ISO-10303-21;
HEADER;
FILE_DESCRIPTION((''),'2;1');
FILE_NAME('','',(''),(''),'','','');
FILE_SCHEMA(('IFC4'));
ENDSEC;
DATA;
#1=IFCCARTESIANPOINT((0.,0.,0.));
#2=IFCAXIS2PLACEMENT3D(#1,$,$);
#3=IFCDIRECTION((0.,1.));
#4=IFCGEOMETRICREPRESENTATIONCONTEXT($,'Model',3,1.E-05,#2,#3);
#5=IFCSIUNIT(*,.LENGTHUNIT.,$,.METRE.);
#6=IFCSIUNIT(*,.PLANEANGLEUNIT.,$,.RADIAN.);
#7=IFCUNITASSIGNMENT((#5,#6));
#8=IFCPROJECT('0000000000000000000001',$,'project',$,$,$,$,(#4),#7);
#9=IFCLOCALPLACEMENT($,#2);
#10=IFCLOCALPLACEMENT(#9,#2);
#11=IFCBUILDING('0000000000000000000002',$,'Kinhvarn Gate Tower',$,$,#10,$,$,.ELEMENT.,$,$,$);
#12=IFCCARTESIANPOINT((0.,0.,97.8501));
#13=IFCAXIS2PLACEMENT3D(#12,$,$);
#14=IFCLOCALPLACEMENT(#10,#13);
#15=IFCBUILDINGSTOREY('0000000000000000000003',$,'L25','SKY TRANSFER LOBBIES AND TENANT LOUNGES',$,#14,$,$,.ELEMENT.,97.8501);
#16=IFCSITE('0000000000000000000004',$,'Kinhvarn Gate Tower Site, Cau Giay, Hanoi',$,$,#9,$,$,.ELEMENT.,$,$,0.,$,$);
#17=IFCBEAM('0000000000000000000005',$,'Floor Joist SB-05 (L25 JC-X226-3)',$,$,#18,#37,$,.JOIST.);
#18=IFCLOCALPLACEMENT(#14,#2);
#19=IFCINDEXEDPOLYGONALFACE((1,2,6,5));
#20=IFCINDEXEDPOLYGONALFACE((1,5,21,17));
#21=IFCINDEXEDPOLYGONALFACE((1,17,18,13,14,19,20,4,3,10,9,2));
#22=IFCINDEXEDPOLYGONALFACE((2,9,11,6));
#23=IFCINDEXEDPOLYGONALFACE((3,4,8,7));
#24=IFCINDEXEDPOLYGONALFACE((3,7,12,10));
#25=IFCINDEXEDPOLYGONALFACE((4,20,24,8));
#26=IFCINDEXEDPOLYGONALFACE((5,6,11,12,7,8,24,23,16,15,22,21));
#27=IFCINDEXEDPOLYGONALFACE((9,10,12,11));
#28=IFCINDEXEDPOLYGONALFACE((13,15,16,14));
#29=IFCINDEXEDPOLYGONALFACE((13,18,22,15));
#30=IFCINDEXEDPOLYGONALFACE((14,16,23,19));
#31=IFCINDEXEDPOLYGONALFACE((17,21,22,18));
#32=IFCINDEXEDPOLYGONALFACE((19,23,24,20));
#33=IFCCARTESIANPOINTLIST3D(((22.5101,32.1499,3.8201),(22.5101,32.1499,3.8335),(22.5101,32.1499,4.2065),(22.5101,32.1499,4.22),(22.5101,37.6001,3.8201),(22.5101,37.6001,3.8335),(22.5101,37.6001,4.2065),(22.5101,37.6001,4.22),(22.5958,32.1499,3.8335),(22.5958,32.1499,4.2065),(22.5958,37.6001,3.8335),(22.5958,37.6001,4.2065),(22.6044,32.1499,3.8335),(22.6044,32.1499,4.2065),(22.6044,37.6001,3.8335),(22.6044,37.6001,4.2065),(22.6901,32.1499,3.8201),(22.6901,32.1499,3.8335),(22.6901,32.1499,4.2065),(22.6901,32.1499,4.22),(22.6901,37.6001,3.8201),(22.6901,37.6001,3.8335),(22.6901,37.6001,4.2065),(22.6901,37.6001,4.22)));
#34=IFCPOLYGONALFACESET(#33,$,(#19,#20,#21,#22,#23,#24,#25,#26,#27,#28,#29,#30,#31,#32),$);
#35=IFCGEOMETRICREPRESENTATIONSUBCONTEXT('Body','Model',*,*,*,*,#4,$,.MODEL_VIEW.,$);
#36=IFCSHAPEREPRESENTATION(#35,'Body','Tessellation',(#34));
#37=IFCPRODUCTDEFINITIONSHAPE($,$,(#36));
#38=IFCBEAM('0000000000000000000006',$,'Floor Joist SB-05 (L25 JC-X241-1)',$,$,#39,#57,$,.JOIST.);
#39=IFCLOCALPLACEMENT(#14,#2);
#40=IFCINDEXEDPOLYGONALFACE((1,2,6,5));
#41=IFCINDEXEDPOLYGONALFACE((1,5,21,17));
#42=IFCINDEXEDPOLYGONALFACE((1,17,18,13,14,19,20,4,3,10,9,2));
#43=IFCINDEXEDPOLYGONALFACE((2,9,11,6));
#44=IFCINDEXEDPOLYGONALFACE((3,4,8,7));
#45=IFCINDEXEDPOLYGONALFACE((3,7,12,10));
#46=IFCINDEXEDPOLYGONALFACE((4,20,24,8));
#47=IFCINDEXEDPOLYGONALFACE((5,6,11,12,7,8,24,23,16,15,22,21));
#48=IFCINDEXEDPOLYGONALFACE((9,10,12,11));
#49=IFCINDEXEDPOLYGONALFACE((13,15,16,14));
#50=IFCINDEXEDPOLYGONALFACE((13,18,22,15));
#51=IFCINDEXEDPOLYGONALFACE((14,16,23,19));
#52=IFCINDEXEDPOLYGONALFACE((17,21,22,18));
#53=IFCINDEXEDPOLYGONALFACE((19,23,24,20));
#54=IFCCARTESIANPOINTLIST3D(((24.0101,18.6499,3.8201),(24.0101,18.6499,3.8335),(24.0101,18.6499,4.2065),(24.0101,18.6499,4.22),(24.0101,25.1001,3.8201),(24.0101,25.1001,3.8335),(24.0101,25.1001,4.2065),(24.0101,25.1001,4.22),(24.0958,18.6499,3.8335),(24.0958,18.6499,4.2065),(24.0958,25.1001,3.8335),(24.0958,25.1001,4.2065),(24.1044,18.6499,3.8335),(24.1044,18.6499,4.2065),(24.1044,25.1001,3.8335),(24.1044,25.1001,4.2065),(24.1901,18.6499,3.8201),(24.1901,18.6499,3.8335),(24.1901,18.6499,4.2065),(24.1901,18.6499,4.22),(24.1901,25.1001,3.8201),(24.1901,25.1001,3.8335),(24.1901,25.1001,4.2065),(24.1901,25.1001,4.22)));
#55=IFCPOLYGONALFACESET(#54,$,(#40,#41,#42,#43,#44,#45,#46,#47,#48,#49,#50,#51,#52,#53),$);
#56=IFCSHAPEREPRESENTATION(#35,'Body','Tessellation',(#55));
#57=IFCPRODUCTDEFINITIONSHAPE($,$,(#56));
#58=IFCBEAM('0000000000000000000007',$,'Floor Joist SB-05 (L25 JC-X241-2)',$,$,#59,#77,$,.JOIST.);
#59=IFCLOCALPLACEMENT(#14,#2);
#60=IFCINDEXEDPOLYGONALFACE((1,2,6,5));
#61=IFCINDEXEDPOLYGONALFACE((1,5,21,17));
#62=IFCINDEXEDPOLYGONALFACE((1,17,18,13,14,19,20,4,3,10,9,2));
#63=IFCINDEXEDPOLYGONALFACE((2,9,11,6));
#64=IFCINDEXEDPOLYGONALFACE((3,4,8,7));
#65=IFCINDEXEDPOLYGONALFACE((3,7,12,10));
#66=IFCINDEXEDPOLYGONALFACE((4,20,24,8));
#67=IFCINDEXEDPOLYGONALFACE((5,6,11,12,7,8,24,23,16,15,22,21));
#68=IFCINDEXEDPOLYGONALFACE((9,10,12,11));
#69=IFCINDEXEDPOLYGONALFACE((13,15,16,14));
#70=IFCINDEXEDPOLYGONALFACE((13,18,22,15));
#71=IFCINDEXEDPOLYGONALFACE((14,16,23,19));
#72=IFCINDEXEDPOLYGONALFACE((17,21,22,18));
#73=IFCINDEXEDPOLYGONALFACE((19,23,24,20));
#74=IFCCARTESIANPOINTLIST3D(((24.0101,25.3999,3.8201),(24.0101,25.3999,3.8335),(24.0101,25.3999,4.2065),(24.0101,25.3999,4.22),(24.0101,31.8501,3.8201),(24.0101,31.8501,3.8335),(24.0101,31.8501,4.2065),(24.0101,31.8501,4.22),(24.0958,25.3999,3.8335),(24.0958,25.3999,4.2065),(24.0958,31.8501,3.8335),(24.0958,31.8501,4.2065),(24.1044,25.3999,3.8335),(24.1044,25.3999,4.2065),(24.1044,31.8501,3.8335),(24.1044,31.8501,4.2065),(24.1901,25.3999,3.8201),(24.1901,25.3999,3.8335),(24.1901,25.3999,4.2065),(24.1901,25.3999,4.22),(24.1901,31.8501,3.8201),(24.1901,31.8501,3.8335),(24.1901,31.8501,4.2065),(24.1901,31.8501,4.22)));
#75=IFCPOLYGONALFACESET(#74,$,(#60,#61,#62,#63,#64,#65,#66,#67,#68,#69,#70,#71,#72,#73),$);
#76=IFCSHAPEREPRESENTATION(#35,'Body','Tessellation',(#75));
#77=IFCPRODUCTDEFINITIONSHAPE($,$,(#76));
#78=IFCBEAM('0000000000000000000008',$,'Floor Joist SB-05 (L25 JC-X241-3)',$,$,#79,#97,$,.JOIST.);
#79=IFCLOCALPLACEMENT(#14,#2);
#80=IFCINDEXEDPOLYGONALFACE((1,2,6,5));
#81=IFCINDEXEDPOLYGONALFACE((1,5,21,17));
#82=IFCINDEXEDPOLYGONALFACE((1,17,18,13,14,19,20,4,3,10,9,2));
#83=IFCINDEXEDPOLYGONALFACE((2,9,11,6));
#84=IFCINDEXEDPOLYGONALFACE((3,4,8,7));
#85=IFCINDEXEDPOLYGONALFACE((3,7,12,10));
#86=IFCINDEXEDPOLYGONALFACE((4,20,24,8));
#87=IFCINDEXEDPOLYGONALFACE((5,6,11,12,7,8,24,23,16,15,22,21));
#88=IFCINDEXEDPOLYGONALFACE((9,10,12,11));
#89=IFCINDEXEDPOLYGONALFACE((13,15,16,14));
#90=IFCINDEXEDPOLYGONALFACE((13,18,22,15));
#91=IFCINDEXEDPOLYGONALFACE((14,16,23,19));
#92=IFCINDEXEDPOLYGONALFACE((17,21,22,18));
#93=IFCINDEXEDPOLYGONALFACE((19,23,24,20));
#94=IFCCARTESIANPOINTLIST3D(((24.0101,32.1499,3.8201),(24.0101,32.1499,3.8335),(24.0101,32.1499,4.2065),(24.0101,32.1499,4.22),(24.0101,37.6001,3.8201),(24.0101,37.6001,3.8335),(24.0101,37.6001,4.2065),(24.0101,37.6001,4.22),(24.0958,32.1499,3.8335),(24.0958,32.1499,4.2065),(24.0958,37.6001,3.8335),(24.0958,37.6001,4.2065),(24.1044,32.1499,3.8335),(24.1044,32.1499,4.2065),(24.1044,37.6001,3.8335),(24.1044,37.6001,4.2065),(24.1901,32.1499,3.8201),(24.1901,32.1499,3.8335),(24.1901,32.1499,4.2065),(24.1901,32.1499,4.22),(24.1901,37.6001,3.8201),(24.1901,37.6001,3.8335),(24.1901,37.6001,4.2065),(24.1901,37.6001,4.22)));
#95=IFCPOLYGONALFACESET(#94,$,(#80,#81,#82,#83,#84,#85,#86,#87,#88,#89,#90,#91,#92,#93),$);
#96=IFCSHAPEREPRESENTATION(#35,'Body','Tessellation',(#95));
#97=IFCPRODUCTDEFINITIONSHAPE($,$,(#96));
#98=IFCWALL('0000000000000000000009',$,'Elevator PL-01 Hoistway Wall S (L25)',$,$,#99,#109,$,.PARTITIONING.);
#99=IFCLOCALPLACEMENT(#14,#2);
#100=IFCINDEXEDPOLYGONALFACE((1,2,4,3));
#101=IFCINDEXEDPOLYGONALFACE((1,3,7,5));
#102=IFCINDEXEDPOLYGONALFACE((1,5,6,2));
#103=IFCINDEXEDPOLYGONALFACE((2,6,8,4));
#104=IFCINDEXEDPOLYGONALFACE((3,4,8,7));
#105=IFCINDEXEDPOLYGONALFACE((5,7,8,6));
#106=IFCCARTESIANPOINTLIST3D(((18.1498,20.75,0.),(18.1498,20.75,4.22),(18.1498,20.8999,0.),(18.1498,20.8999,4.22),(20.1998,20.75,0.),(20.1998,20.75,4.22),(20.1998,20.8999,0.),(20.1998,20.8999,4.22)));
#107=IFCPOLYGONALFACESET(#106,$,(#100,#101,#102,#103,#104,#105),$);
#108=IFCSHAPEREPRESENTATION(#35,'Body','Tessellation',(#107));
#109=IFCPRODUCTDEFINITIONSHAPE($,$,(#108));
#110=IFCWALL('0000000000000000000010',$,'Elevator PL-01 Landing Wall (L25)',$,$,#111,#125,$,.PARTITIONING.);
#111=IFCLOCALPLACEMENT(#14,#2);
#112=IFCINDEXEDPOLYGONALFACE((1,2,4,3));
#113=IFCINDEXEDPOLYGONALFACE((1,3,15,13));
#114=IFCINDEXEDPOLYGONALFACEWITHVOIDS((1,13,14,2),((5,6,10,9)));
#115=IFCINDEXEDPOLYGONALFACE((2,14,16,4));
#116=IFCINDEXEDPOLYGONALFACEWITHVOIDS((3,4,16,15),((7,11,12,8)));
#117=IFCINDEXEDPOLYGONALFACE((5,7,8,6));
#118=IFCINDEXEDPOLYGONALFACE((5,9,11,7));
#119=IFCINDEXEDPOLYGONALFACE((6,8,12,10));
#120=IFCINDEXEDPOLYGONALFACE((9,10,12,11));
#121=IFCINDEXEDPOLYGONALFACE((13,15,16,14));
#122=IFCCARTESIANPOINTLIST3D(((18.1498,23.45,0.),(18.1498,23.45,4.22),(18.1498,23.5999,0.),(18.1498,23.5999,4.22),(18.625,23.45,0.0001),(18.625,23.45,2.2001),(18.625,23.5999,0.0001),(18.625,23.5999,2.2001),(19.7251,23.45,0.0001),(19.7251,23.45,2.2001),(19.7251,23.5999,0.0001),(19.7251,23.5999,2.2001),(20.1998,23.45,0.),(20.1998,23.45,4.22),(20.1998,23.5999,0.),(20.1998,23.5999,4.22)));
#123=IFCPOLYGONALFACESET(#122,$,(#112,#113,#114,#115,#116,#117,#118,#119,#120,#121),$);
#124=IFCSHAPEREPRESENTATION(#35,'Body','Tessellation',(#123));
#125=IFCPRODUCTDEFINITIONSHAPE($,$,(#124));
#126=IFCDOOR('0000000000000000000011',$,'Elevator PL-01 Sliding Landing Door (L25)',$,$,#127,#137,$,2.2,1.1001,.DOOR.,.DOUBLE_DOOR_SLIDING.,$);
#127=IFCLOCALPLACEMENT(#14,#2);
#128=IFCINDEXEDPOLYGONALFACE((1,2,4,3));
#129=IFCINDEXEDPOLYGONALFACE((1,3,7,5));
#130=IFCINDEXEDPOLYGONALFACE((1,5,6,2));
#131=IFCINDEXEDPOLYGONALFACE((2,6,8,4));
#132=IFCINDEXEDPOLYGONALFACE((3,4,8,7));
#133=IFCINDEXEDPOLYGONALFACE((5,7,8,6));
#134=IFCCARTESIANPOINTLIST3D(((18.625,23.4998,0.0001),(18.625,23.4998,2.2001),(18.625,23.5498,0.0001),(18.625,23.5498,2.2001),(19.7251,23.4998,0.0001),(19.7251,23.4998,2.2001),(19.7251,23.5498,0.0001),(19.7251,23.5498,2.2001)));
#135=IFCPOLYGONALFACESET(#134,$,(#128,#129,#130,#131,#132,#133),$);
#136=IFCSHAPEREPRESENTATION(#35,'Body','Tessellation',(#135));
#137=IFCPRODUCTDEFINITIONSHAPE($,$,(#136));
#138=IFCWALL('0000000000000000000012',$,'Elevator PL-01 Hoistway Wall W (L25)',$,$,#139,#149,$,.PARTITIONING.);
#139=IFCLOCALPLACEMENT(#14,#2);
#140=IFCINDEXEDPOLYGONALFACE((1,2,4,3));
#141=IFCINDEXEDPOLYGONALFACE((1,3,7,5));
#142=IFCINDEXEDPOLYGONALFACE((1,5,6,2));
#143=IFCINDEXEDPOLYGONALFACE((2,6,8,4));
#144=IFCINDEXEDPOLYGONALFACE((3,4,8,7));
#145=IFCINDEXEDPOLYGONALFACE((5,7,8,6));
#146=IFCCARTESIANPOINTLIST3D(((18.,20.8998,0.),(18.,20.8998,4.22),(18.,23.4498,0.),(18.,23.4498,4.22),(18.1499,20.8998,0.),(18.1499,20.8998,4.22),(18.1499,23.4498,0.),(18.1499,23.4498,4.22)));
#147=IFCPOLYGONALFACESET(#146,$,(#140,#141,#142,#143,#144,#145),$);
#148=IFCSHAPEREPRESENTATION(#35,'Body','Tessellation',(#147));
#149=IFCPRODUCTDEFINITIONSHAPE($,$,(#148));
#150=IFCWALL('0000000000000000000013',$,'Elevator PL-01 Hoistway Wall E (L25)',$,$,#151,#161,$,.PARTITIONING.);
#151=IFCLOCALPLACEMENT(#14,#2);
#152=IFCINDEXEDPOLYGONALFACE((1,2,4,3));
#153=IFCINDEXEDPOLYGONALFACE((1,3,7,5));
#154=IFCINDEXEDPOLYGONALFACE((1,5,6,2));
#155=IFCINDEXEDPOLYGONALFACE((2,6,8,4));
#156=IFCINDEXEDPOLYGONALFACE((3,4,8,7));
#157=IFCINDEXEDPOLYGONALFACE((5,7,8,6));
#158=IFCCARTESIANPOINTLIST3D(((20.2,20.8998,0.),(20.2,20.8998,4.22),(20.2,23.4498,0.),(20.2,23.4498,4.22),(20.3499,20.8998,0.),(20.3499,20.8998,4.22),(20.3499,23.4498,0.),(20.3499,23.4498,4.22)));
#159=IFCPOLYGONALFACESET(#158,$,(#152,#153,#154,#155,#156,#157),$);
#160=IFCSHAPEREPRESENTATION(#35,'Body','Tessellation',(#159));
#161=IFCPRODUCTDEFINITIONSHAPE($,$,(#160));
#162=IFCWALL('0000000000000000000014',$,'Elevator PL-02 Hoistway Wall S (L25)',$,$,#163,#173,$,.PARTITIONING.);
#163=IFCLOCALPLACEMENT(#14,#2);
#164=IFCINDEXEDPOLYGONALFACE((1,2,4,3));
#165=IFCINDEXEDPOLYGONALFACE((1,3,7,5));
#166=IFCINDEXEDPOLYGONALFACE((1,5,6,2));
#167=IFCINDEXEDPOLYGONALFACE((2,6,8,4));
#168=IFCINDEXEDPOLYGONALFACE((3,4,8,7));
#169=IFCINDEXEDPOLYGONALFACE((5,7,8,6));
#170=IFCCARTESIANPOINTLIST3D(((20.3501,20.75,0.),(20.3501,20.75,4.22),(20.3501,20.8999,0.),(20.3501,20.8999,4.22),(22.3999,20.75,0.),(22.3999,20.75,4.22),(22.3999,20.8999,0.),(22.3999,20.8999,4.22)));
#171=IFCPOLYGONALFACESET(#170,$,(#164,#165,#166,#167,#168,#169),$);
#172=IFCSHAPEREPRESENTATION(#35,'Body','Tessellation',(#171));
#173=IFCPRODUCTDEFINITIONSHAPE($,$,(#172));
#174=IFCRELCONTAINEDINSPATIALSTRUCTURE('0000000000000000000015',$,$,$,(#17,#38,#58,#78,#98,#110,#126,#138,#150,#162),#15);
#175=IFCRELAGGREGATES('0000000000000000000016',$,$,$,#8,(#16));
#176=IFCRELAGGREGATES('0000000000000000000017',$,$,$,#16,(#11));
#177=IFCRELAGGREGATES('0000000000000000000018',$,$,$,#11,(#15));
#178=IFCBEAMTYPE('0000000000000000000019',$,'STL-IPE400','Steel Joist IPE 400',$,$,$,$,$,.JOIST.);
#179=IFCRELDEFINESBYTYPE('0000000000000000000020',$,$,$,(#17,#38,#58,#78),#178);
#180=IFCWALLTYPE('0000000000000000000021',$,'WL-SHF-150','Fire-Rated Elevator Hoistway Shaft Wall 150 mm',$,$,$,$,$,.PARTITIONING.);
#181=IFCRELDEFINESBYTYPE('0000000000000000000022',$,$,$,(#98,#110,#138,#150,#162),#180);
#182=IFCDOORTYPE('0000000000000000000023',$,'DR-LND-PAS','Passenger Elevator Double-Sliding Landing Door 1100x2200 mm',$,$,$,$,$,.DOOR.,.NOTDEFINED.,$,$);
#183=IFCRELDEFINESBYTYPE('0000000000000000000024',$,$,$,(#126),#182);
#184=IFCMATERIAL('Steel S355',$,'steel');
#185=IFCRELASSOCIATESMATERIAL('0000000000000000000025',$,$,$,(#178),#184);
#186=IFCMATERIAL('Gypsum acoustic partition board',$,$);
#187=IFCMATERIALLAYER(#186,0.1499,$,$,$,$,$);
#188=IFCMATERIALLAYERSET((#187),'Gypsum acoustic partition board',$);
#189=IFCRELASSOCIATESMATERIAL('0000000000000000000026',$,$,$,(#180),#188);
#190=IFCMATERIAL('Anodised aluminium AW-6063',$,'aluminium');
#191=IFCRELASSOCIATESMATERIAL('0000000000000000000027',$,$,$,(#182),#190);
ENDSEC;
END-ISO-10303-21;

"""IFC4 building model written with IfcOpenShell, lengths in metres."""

from ifc_helpers import new_model, si_unit, direction, frame, frame_2d, origin, origin_2d, place, context, subcontext, project, spatial, rectangle, i_section, extrude, material, layer, layer_set, material_profile, profile_set, type_object, element, fill, save


model = new_model("IFC4")

# Units and contexts
model_context = context("Model", 3, precision=1e-05, world=origin(), true_north=direction((0.0, 1.0)))
body_context = subcontext(model_context, "Body", "Model", "MODEL_VIEW")
ifc_project = project(units=[si_unit("LENGTHUNIT", "METRE"), si_unit("PLANEANGLEUNIT", "RADIAN")], contexts=[model_context])

# Site, building, storey
site_placement = place(None, origin())
site = spatial("IfcSite", under=ifc_project, at=site_placement, Name="Kinhvarn Gate Tower Site, Cau Giay, Hanoi", CompositionType="ELEMENT", RefElevation=0.0)
building_placement = place(site_placement, origin())
building = spatial("IfcBuilding", under=site, at=building_placement, Name="Kinhvarn Gate Tower", CompositionType="ELEMENT")
storey_placement = place(building_placement, frame((0.0, 0.0, 97.8501)))
storey = spatial("IfcBuildingStorey", under=building, at=storey_placement, Name="L25", Description="SKY TRANSFER LOBBIES AND TENANT LOUNGES", CompositionType="ELEMENT", Elevation=97.8501)

# Beams
ifc_material_1 = material(Name="Steel S355", Category="steel")
ifc_material_profile_1 = material_profile(ifc_material_1, i_section(OverallWidth=0.1799, OverallDepth=0.3999, WebThickness=0.0085, FlangeThickness=0.0134, at=origin_2d()), Name="IPE 400")
ifc_profile_set_1 = profile_set([ifc_material_profile_1], Name="Steel S355")
beam_type_1 = type_object("IfcBeamType", Name="STL-IPE400", Description="Steel Joist IPE 400", PredefinedType="JOIST", material=ifc_profile_set_1)
beam_1_placement = place(storey_placement, frame((22.6001, 32.1499, 4.02), z_axis=(0.0, 1.0, 0.0), x_axis=(-1.0, 0.0, 0.0)))
element("IfcBeam", 1, at=beam_1_placement, inside=storey, type_object=beam_type_1, Name="Floor Joist SB-05 (L25 JC-X226-3)", PredefinedType="JOIST", context=body_context, shape_type="SweptSolid", body=[
    extrude(i_section(OverallWidth=0.1799, OverallDepth=0.3999, WebThickness=0.0085, FlangeThickness=0.0134, at=origin_2d()), origin(), (0.0, 0.0, 1.0), 5.4502),
])
for number, where, z_axis, x_axis, name in (
    (2, (24.1001, 18.6499, 4.02), (0.0, 1.0, 0.0), (-1.0, 0.0, 0.0), "Floor Joist SB-05 (L25 JC-X241-1)"),
    (3, (24.1001, 25.3999, 4.02), (0.0, 1.0, 0.0), (-1.0, 0.0, 0.0), "Floor Joist SB-05 (L25 JC-X241-2)"),
):
    element("IfcBeam", number, at=place(storey_placement, frame(where, z_axis=z_axis, x_axis=x_axis)), inside=storey, type_object=beam_type_1, Name=name, PredefinedType="JOIST", context=body_context, shape_type="SweptSolid", body=[
        extrude(i_section(OverallWidth=0.1799, OverallDepth=0.3999, WebThickness=0.0085, FlangeThickness=0.0134, at=origin_2d()), origin(), (0.0, 0.0, 1.0), 6.4502),
    ])
beam_2_placement = place(storey_placement, frame((24.1001, 32.1499, 4.02), z_axis=(0.0, 1.0, 0.0), x_axis=(-1.0, 0.0, 0.0)))
element("IfcBeam", 4, at=beam_2_placement, inside=storey, type_object=beam_type_1, Name="Floor Joist SB-05 (L25 JC-X241-3)", PredefinedType="JOIST", context=body_context, shape_type="SweptSolid", body=[
    extrude(i_section(OverallWidth=0.1799, OverallDepth=0.3999, WebThickness=0.0085, FlangeThickness=0.0134, at=origin_2d()), origin(), (0.0, 0.0, 1.0), 5.4502),
])

# Shared definitions
ifc_material_2 = material(Name="Anodised aluminium AW-6063", Category="aluminium")

# Wall
ifc_material_3 = material(Name="Gypsum acoustic partition board")
ifc_layer_1 = layer(ifc_material_3, 0.1499)
ifc_layer_set_1 = layer_set([ifc_layer_1], Name="Gypsum acoustic partition board")
wall_type_1 = type_object("IfcWallType", Name="WL-SHF-150", Description="Fire-Rated Elevator Hoistway Shaft Wall 150 mm", PredefinedType="PARTITIONING", material=ifc_layer_set_1)
wall_1_placement = place(storey_placement, frame((18.1499, 20.825, 0.0), z_axis=(0.0, 0.0, 1.0), x_axis=(1.0, 0.0, 0.0)))
element("IfcWall", 5, at=wall_1_placement, inside=storey, type_object=wall_type_1, Name="Elevator PL-01 Hoistway Wall S (L25)", PredefinedType="PARTITIONING", context=body_context, shape_type="SweptSolid", body=[
    extrude(rectangle(XDim=2.05, YDim=0.1499, at=frame_2d((1.0249, 0.0))), origin(), (0.0, 0.0, 1.0), 4.22),
])

# Wall, opening, door
wall_2_placement = place(storey_placement, frame((18.1499, 23.5249, 0.0), z_axis=(0.0, 0.0, 1.0), x_axis=(1.0, 0.0, 0.0)))
wall_2 = element("IfcWall", 6, at=wall_2_placement, inside=storey, type_object=wall_type_1, Name="Elevator PL-01 Landing Wall (L25)", PredefinedType="PARTITIONING", context=body_context, shape_type="SweptSolid", body=[
    extrude(rectangle(XDim=2.05, YDim=0.1499, at=frame_2d((1.0249, 0.0))), origin(), (0.0, 0.0, 1.0), 4.22),
])
opening_1_placement = place(wall_2_placement, frame((0.4751, 0.0, 0.0)))
opening_1 = element("IfcOpeningElement", 7, at=opening_1_placement, cuts=wall_2, PredefinedType="OPENING", context=body_context, shape_type="SweptSolid", body=[
    extrude(rectangle(XDim=1.1001, YDim=2.2, at=frame_2d((0.55, 1.1001))), frame((0.0, 0.085, 0.0), z_axis=(0.0, -1.0, 0.0), x_axis=(1.0, 0.0, 0.0)), (0.0, 0.0, 1.0), 0.1699),
])
door_type_1 = type_object("IfcDoorType", Name="DR-LND-PAS", Description="Passenger Elevator Double-Sliding Landing Door 1100x2200 mm", OperationType="NOTDEFINED", PredefinedType="DOOR", material=ifc_material_2)
door_1_placement = place(opening_1_placement, origin())
door_1 = element("IfcDoor", 8, at=door_1_placement, inside=storey, type_object=door_type_1, Name="Elevator PL-01 Sliding Landing Door (L25)", OperationType="DOUBLE_DOOR_SLIDING", OverallHeight=2.2, OverallWidth=1.1001, PredefinedType="DOOR", context=body_context, shape_type="SweptSolid", body=[
    extrude(rectangle(XDim=1.1001, YDim=2.2, at=frame_2d((0.55, 1.1001))), frame((0.0, 0.0249, 0.0), z_axis=(0.0, -1.0, 0.0), x_axis=(1.0, 0.0, 0.0)), (0.0, 0.0, 1.0), 0.05),
])
fill(opening_1, door_1)

# Walls
for number, where, z_axis, x_axis, name in (
    (9, (18.075, 20.8999, 0.0), (0.0, 0.0, 1.0), (0.0, 1.0, 0.0), "Elevator PL-01 Hoistway Wall W (L25)"),
    (10, (20.2749, 20.8999, 0.0), (0.0, 0.0, 1.0), (0.0, 1.0, 0.0), "Elevator PL-01 Hoistway Wall E (L25)"),
):
    element("IfcWall", number, at=place(storey_placement, frame(where, z_axis=z_axis, x_axis=x_axis)), inside=storey, type_object=wall_type_1, Name=name, PredefinedType="PARTITIONING", context=body_context, shape_type="SweptSolid", body=[
        extrude(rectangle(XDim=2.55, YDim=0.1499, at=frame_2d((1.2749, 0.0))), origin(), (0.0, 0.0, 1.0), 4.22),
    ])
wall_3_placement = place(storey_placement, frame((20.3501, 20.825, 0.0), z_axis=(0.0, 0.0, 1.0), x_axis=(1.0, 0.0, 0.0)))
element("IfcWall", 11, at=wall_3_placement, inside=storey, type_object=wall_type_1, Name="Elevator PL-02 Hoistway Wall S (L25)", PredefinedType="PARTITIONING", context=body_context, shape_type="SweptSolid", body=[
    extrude(rectangle(XDim=2.0498, YDim=0.1499, at=frame_2d((1.0249, 0.0))), origin(), (0.0, 0.0, 1.0), 4.22),
])

save(model, "model.ifc")
